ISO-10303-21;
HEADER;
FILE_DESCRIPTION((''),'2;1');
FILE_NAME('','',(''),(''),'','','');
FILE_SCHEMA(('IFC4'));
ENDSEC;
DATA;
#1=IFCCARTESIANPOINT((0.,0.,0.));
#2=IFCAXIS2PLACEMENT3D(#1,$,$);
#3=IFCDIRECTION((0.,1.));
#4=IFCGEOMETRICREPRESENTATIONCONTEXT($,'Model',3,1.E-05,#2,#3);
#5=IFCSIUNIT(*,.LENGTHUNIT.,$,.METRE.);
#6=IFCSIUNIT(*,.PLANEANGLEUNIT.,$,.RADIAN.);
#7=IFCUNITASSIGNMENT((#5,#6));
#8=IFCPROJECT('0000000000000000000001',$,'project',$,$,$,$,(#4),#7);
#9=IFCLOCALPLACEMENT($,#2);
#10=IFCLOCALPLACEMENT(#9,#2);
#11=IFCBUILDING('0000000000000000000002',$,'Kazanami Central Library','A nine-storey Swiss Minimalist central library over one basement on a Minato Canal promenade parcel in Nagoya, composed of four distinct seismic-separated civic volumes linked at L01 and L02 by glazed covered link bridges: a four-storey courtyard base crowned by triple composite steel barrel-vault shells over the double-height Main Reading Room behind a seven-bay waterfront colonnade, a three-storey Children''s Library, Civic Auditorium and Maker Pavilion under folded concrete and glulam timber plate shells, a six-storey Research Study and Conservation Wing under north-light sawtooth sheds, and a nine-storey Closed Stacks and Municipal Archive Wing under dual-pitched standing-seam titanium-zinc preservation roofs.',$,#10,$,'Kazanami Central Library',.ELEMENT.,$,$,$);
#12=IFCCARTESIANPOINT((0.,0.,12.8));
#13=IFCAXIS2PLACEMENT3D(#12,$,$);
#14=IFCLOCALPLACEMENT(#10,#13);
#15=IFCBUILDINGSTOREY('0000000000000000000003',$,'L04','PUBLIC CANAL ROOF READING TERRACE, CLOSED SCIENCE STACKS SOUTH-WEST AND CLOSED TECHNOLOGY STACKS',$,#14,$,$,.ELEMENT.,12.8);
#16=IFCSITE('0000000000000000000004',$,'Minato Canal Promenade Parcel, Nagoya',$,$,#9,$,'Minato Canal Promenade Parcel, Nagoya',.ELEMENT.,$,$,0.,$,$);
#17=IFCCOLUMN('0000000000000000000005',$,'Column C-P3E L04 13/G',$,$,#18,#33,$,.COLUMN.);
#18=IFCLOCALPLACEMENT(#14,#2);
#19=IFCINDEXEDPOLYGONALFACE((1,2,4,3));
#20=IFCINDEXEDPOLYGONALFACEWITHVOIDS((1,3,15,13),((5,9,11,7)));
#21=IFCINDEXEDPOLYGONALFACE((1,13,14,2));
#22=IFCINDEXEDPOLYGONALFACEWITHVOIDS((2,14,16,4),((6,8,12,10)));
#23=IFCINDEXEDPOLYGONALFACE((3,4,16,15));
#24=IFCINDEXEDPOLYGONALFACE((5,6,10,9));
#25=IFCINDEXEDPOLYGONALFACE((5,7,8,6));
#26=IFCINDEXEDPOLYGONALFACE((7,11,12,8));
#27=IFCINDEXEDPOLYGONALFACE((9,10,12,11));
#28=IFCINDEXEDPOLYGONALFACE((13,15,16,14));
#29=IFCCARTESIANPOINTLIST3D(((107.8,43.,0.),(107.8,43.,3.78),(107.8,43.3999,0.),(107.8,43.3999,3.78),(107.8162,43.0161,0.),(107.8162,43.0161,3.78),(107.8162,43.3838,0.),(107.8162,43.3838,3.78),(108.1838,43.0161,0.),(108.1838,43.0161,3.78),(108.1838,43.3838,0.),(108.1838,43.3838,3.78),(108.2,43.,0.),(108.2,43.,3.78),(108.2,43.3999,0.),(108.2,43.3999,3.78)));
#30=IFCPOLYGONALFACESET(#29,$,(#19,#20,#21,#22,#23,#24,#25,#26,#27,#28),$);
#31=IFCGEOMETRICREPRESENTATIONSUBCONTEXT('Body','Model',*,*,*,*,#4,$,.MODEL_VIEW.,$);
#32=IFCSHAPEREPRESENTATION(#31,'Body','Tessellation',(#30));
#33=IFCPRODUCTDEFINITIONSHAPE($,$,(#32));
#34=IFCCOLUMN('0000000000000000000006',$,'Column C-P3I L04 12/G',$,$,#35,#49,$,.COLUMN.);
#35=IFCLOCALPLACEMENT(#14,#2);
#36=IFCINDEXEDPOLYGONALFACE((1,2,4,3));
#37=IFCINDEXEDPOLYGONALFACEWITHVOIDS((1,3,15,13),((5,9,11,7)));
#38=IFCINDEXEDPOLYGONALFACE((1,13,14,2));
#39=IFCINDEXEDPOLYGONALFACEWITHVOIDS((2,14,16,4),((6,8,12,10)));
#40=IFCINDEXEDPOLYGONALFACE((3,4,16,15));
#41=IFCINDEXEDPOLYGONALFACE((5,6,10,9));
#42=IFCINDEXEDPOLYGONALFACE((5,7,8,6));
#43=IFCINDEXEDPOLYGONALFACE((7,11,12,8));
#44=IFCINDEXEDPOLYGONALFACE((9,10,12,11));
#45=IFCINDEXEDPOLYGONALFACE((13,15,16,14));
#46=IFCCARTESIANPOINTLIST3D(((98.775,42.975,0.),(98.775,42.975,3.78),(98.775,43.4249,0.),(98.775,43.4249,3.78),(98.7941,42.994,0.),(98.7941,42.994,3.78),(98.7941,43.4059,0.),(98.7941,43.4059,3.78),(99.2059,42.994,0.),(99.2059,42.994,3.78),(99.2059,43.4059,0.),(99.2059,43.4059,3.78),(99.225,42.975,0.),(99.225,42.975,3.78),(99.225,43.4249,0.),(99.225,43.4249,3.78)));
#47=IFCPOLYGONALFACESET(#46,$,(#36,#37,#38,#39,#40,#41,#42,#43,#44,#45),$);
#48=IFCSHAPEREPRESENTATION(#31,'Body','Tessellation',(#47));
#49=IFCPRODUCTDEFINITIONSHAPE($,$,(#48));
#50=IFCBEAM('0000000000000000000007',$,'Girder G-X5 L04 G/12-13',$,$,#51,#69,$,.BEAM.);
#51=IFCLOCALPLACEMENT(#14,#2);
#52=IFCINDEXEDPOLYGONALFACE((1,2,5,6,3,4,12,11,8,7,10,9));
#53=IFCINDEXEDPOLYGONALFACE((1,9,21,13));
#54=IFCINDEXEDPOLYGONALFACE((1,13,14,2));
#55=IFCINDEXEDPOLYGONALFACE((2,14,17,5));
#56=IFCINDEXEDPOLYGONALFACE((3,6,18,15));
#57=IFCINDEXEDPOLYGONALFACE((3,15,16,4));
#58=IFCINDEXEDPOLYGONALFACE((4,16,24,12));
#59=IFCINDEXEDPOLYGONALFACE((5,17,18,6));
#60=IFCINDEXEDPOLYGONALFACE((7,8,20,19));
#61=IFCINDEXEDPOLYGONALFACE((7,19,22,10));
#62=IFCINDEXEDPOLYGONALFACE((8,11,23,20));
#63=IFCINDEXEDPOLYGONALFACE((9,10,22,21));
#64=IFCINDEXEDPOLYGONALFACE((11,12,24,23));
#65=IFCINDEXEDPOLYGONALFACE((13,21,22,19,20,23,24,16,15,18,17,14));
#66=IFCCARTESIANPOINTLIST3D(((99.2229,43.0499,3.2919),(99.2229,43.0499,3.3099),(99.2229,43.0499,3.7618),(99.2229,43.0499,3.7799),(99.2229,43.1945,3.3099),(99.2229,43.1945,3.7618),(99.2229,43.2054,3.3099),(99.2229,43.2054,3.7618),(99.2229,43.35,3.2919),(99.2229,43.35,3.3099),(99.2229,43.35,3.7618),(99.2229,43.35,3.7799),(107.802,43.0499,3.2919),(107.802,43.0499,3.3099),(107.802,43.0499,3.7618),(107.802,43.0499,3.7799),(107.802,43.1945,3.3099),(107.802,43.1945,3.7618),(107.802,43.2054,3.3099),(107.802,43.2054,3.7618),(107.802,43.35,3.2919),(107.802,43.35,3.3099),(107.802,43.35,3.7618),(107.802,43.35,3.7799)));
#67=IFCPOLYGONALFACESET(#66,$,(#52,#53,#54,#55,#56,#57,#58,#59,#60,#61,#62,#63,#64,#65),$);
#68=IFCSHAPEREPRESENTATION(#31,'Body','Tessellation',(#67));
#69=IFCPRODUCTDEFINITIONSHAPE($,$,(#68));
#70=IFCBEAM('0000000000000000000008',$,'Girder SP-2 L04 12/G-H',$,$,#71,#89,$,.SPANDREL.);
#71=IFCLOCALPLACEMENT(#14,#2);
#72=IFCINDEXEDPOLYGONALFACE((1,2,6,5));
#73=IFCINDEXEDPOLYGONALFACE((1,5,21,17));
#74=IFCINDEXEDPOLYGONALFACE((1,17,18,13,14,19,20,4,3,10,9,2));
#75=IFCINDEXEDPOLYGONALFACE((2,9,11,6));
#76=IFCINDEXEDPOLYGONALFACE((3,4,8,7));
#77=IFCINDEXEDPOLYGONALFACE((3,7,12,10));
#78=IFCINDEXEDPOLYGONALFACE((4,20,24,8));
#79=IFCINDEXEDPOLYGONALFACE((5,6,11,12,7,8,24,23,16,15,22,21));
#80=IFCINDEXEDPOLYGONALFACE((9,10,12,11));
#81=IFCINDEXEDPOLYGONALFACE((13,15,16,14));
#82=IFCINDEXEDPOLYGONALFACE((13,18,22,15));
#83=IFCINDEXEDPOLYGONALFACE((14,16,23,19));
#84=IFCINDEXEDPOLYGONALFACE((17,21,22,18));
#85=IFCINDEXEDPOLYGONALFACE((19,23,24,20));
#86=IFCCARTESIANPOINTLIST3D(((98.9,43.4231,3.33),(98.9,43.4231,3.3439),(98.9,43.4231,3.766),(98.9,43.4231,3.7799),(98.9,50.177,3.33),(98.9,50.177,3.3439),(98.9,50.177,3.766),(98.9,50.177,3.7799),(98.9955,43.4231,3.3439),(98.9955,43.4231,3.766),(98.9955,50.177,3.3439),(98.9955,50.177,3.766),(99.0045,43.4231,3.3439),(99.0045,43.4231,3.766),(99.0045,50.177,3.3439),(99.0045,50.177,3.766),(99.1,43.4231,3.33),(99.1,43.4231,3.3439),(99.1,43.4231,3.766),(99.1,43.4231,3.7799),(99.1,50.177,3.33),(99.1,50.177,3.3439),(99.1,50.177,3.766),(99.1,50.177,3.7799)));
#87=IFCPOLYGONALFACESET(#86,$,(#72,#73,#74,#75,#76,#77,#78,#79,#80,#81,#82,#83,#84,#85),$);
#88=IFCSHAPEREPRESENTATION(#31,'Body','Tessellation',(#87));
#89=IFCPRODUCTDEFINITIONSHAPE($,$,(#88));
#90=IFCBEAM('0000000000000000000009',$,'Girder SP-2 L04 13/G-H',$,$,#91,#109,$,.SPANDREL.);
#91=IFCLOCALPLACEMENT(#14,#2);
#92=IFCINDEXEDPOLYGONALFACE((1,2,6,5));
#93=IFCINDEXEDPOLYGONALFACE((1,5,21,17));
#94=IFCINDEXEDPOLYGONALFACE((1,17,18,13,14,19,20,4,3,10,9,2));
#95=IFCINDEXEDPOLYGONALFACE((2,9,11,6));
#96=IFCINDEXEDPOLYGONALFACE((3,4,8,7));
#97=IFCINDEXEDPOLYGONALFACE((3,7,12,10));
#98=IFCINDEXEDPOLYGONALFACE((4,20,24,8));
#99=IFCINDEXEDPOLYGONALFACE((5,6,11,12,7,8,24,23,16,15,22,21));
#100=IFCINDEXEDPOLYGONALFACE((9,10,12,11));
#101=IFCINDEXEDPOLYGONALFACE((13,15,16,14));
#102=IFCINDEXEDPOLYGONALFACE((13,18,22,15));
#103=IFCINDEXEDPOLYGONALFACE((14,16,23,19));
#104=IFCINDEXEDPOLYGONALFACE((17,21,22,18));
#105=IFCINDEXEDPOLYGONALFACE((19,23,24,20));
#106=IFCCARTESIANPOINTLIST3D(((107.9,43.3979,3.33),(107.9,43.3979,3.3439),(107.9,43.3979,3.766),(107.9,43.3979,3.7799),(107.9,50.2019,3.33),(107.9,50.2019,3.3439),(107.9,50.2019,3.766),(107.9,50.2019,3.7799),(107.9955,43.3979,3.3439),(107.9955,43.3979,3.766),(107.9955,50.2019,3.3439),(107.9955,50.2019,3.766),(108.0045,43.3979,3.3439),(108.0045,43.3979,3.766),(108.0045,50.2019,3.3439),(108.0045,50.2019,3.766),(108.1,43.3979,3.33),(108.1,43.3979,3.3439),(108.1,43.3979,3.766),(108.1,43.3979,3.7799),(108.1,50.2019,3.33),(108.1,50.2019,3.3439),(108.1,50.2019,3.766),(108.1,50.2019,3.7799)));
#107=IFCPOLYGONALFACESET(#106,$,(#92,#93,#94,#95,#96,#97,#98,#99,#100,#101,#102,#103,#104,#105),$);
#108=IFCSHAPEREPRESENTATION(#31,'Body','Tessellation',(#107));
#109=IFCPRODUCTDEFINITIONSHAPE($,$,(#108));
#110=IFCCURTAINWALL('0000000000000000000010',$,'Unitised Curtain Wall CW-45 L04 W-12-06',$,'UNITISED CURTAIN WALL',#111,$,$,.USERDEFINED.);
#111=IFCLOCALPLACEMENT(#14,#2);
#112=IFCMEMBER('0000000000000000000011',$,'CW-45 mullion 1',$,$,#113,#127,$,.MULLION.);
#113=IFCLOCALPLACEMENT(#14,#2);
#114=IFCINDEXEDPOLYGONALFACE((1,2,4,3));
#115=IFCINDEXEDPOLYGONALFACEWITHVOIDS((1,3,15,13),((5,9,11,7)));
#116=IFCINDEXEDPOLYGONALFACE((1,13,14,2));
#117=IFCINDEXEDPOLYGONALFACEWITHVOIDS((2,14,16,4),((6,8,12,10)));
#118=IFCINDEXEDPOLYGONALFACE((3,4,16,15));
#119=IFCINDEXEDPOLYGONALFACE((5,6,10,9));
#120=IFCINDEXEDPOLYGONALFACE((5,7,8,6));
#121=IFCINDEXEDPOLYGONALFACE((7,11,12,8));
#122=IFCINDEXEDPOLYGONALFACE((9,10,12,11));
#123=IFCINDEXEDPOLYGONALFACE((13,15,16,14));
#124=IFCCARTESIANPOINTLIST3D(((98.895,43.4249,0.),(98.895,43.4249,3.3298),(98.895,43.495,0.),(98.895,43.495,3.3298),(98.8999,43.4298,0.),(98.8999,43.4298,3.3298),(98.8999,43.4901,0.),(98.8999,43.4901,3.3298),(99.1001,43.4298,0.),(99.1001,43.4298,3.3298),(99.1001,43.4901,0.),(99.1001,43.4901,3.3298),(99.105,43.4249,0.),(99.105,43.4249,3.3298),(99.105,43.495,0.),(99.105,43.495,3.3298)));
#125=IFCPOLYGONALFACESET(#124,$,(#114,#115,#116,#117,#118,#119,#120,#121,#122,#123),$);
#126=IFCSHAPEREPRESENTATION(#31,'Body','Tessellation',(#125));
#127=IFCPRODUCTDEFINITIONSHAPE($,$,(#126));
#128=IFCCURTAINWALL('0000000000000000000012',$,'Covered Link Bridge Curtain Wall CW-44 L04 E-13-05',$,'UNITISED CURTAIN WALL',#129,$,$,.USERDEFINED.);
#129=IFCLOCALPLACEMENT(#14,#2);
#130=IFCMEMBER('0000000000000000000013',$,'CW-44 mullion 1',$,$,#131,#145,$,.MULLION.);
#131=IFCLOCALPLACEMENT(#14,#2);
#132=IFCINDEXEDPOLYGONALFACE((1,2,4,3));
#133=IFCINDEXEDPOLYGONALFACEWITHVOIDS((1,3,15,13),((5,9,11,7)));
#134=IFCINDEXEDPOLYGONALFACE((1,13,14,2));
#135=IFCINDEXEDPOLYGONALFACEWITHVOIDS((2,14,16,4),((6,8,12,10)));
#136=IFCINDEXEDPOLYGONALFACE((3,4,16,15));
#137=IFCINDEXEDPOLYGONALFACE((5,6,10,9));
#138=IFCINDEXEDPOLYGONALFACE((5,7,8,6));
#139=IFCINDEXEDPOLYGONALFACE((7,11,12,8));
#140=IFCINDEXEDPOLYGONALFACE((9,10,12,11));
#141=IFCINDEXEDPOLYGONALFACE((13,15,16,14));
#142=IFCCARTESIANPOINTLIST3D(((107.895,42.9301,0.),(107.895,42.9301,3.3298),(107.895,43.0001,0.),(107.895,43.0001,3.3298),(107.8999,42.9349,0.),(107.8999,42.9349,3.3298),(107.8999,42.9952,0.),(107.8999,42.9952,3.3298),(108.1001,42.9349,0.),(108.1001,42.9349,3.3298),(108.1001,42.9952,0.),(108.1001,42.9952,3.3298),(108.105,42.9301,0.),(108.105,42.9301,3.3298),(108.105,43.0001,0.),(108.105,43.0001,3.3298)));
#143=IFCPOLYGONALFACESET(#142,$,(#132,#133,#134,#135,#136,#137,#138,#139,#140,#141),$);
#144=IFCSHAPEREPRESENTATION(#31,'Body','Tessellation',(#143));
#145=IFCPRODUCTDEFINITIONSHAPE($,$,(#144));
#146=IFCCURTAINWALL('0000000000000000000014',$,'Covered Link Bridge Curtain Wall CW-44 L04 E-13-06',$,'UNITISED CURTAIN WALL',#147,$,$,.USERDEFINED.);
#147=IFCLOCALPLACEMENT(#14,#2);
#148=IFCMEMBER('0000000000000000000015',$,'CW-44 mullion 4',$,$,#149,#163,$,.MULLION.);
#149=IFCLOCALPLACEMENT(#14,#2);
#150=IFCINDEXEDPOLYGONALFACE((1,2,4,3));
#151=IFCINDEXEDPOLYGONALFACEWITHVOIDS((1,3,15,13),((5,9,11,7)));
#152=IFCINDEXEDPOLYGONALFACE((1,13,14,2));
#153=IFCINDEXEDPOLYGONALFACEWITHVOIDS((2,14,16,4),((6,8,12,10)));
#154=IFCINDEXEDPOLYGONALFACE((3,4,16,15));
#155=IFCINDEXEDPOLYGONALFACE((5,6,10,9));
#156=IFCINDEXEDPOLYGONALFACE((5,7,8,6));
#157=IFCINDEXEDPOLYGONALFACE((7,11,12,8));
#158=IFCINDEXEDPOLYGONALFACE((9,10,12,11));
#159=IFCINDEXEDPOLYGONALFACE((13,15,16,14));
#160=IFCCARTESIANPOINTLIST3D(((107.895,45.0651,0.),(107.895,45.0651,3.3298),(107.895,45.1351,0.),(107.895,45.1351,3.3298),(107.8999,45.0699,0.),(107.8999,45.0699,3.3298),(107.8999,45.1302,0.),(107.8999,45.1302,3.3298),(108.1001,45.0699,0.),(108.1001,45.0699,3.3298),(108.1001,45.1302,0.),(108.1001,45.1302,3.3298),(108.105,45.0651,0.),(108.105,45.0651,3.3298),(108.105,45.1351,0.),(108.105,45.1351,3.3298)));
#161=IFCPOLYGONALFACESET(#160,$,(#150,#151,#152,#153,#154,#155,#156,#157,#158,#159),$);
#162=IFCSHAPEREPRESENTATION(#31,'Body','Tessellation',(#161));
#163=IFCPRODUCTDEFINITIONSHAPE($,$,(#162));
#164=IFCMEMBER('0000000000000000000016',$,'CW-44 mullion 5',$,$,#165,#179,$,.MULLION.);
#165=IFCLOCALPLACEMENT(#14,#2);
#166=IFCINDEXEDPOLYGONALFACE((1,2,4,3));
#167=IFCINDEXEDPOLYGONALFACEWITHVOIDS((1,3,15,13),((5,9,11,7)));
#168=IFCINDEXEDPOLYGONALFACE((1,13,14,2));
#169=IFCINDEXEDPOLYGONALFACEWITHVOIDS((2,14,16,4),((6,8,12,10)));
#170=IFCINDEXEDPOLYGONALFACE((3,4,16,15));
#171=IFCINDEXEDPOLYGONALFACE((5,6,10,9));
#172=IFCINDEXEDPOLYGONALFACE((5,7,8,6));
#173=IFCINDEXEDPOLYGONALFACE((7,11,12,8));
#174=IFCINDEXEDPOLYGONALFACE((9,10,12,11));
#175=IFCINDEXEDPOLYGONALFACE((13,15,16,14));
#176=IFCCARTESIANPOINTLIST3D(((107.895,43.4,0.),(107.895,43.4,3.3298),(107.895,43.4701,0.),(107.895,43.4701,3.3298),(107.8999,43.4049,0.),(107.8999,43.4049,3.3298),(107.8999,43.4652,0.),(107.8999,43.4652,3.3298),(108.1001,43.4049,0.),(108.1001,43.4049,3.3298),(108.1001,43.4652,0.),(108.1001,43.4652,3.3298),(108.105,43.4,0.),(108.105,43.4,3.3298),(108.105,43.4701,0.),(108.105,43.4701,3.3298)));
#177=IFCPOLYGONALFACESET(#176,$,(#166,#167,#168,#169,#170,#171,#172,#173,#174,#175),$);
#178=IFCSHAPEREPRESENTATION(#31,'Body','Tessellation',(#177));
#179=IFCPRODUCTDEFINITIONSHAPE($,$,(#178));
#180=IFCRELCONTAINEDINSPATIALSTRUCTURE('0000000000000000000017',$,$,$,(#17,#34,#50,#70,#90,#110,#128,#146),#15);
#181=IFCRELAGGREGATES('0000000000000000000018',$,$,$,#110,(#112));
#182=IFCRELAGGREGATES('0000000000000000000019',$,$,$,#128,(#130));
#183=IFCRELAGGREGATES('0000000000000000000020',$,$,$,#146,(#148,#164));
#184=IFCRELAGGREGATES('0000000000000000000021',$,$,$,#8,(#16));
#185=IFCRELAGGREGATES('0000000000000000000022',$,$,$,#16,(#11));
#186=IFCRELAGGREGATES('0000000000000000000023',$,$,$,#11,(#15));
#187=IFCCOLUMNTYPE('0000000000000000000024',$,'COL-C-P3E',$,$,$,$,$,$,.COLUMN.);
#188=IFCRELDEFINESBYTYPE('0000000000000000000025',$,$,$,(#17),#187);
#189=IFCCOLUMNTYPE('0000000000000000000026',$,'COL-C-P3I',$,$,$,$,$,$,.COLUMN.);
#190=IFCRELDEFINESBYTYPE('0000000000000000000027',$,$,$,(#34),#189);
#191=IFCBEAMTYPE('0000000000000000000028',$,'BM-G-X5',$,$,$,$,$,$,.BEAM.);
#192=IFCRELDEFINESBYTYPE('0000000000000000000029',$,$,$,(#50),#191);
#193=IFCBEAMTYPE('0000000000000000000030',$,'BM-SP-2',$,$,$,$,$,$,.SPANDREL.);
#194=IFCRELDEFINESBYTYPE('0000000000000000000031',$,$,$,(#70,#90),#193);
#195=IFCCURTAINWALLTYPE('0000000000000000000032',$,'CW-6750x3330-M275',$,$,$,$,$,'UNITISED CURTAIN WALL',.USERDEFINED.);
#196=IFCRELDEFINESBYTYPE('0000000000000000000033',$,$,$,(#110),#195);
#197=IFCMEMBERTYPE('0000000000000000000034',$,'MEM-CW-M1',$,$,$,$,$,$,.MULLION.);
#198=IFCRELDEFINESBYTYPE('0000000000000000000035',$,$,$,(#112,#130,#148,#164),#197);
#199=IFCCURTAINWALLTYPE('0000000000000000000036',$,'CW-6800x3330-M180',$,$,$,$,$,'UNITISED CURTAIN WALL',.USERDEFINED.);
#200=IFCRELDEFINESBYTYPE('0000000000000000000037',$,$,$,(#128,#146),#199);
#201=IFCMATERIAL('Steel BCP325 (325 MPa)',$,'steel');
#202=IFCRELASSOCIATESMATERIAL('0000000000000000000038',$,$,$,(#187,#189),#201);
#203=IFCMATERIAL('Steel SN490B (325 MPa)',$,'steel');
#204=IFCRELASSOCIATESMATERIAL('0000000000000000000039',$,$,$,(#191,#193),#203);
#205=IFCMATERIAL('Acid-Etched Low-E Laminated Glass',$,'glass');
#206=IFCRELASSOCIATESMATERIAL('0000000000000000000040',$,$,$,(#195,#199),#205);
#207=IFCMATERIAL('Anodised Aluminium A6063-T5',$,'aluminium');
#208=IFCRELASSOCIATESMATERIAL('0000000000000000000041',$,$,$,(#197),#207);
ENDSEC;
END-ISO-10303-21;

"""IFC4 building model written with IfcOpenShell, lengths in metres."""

from ifc_helpers import new_model, si_unit, direction, frame, origin, origin_2d, place, context, subcontext, project, spatial, hollow_rectangle, i_section, extrude, material, material_profile, profile_set, type_object, element, aggregate, save


model = new_model("IFC4")

# Units and contexts
model_context = context("Model", 3, precision=1e-05, world=origin(), true_north=direction((0.0, 1.0)))
body_context = subcontext(model_context, "Body", "Model", "MODEL_VIEW")
ifc_project = project(units=[si_unit("LENGTHUNIT", "METRE"), si_unit("PLANEANGLEUNIT", "RADIAN")], contexts=[model_context])

# Site, building, storey
site_placement = place(None, origin())
site = spatial("IfcSite", under=ifc_project, at=site_placement, Name="Minato Canal Promenade Parcel, Nagoya", LongName="Minato Canal Promenade Parcel, Nagoya", CompositionType="ELEMENT", RefElevation=0.0)
building_placement = place(site_placement, origin())
building = spatial("IfcBuilding", under=site, at=building_placement, Name="Kazanami Central Library", Description="A nine-storey Swiss Minimalist central library over one basement on a Minato Canal promenade parcel in Nagoya, composed of four distinct seismic-separated civic volumes linked at L01 and L02 by glazed covered link bridges: a four-storey courtyard base crowned by triple composite steel barrel-vault shells over the double-height Main Reading Room behind a seven-bay waterfront colonnade, a three-storey Children's Library, Civic Auditorium and Maker Pavilion under folded concrete and glulam timber plate shells, a six-storey Research Study and Conservation Wing under north-light sawtooth sheds, and a nine-storey Closed Stacks and Municipal Archive Wing under dual-pitched standing-seam titanium-zinc preservation roofs.", LongName="Kazanami Central Library", CompositionType="ELEMENT")
storey_placement = place(building_placement, frame((0.0, 0.0, 12.8)))
storey = spatial("IfcBuildingStorey", under=building, at=storey_placement, Name="L04", Description="PUBLIC CANAL ROOF READING TERRACE, CLOSED SCIENCE STACKS SOUTH-WEST AND CLOSED TECHNOLOGY STACKS", CompositionType="ELEMENT", Elevation=12.8)

# Columns
ifc_material_1 = material(Name="Steel BCP325 (325 MPa)", Category="steel")
ifc_material_profile_1 = material_profile(ifc_material_1, hollow_rectangle(XDim=0.3999, YDim=0.3999, WallThickness=0.0161, at=origin_2d()), Name="BCP-400x400x16")
ifc_profile_set_1 = profile_set([ifc_material_profile_1], Name="Steel BCP325 (325 MPa)")
column_type_1 = type_object("IfcColumnType", Name="COL-C-P3E", PredefinedType="COLUMN", material=ifc_profile_set_1)
column_1_placement = place(storey_placement, frame((108.0, 43.2, 0.0), z_axis=(0.0, 0.0, 1.0), x_axis=(1.0, 0.0, 0.0)))
element("IfcColumn", 1, at=column_1_placement, inside=storey, type_object=column_type_1, Name="Column C-P3E L04 13/G", PredefinedType="COLUMN", context=body_context, shape_type="SweptSolid", body=[
    extrude(hollow_rectangle(XDim=0.3999, YDim=0.3999, WallThickness=0.0161, at=origin_2d()), origin(), (0.0, 0.0, 1.0), 3.78),
])
ifc_material_profile_2 = material_profile(ifc_material_1, hollow_rectangle(XDim=0.45, YDim=0.45, WallThickness=0.019, at=origin_2d()), Name="BCP-450x450x19")
ifc_profile_set_2 = profile_set([ifc_material_profile_2], Name="Steel BCP325 (325 MPa)")
column_type_2 = type_object("IfcColumnType", Name="COL-C-P3I", PredefinedType="COLUMN", material=ifc_profile_set_2)
column_2_placement = place(storey_placement, frame((99.0, 43.2, 0.0), z_axis=(0.0, 0.0, 1.0), x_axis=(1.0, 0.0, 0.0)))
element("IfcColumn", 2, at=column_2_placement, inside=storey, type_object=column_type_2, Name="Column C-P3I L04 12/G", PredefinedType="COLUMN", context=body_context, shape_type="SweptSolid", body=[
    extrude(hollow_rectangle(XDim=0.45, YDim=0.45, WallThickness=0.019, at=origin_2d()), origin(), (0.0, 0.0, 1.0), 3.78),
])

# Beams
ifc_material_2 = material(Name="Steel SN490B (325 MPa)", Category="steel")
ifc_material_profile_3 = material_profile(ifc_material_2, i_section(OverallWidth=0.3, OverallDepth=0.488, WebThickness=0.011, FlangeThickness=0.0181, at=origin_2d()), Name="H-488x300x11x18")
ifc_profile_set_3 = profile_set([ifc_material_profile_3], Name="Steel SN490B (325 MPa)")
beam_type_1 = type_object("IfcBeamType", Name="BM-G-X5", PredefinedType="BEAM", material=ifc_profile_set_3)
beam_1_placement = place(storey_placement, frame((99.2229, 43.2, 3.5359), z_axis=(1.0, 0.0, 0.0), x_axis=(0.0, 1.0, 0.0)))
element("IfcBeam", 3, at=beam_1_placement, inside=storey, type_object=beam_type_1, Name="Girder G-X5 L04 G/12-13", PredefinedType="BEAM", context=body_context, shape_type="SweptSolid", body=[
    extrude(i_section(OverallWidth=0.3, OverallDepth=0.488, WebThickness=0.011, FlangeThickness=0.0181, at=origin_2d()), origin(), (0.0, 0.0, 1.0), 8.5791),
])
ifc_material_profile_4 = material_profile(ifc_material_2, i_section(OverallWidth=0.2, OverallDepth=0.45, WebThickness=0.009, FlangeThickness=0.0139, at=origin_2d()), Name="H-450x200x9x14")
ifc_profile_set_4 = profile_set([ifc_material_profile_4], Name="Steel SN490B (325 MPa)")
beam_type_2 = type_object("IfcBeamType", Name="BM-SP-2", PredefinedType="SPANDREL", material=ifc_profile_set_4)
beam_2_placement = place(storey_placement, frame((99.0, 43.4231, 3.5549), z_axis=(0.0, 1.0, 0.0), x_axis=(-1.0, 0.0, 0.0)))
element("IfcBeam", 4, at=beam_2_placement, inside=storey, type_object=beam_type_2, Name="Girder SP-2 L04 12/G-H", PredefinedType="SPANDREL", context=body_context, shape_type="SweptSolid", body=[
    extrude(i_section(OverallWidth=0.2, OverallDepth=0.45, WebThickness=0.009, FlangeThickness=0.0139, at=origin_2d()), origin(), (0.0, 0.0, 1.0), 6.7539),
])
beam_3_placement = place(storey_placement, frame((108.0, 43.3979, 3.5549), z_axis=(0.0, 1.0, 0.0), x_axis=(-1.0, 0.0, 0.0)))
element("IfcBeam", 5, at=beam_3_placement, inside=storey, type_object=beam_type_2, Name="Girder SP-2 L04 13/G-H", PredefinedType="SPANDREL", context=body_context, shape_type="SweptSolid", body=[
    extrude(i_section(OverallWidth=0.2, OverallDepth=0.45, WebThickness=0.009, FlangeThickness=0.0139, at=origin_2d()), origin(), (0.0, 0.0, 1.0), 6.804),
])

# Curtain walls, members
ifc_material_3 = material(Name="Acid-Etched Low-E Laminated Glass", Category="glass")
curtain_wall_type_1 = type_object("IfcCurtainWallType", Name="CW-6750x3330-M275", ElementType="UNITISED CURTAIN WALL", PredefinedType="USERDEFINED", material=ifc_material_3)
curtain_wall_1_placement = place(storey_placement, origin())
curtain_wall_1 = element("IfcCurtainWall", 6, at=curtain_wall_1_placement, inside=storey, type_object=curtain_wall_type_1, Name="Unitised Curtain Wall CW-45 L04 W-12-06", ObjectType="UNITISED CURTAIN WALL", PredefinedType="USERDEFINED")
ifc_material_4 = material(Name="Anodised Aluminium A6063-T5", Category="aluminium")
ifc_material_profile_5 = material_profile(ifc_material_4, hollow_rectangle(XDim=0.0701, YDim=0.21, WallThickness=0.0049, at=origin_2d()), Name="ALU-MULL-70x210x5")
ifc_profile_set_5 = profile_set([ifc_material_profile_5], Name="Anodised Aluminium A6063-T5")
member_type_1 = type_object("IfcMemberType", Name="MEM-CW-M1", PredefinedType="MULLION", material=ifc_profile_set_5)
member_1_placement = place(storey_placement, frame((99.0, 43.46, 0.0), z_axis=(0.0, 0.0, 1.0), x_axis=(0.0, 1.0, 0.0)))
member_1 = element("IfcMember", 7, at=member_1_placement, type_object=member_type_1, Name="CW-45 mullion 1", PredefinedType="MULLION", context=body_context, shape_type="SweptSolid", body=[
    extrude(hollow_rectangle(XDim=0.0701, YDim=0.21, WallThickness=0.0049, at=origin_2d()), origin(), (0.0, 0.0, 1.0), 3.3298),
])
curtain_wall_type_2 = type_object("IfcCurtainWallType", Name="CW-6800x3330-M180", ElementType="UNITISED CURTAIN WALL", PredefinedType="USERDEFINED", material=ifc_material_3)
curtain_wall_2_placement = place(storey_placement, origin())
curtain_wall_2 = element("IfcCurtainWall", 8, at=curtain_wall_2_placement, inside=storey, type_object=curtain_wall_type_2, Name="Covered Link Bridge Curtain Wall CW-44 L04 E-13-05", ObjectType="UNITISED CURTAIN WALL", PredefinedType="USERDEFINED")
member_2_placement = place(storey_placement, frame((108.0, 42.9651, 0.0), z_axis=(0.0, 0.0, 1.0), x_axis=(0.0, -1.0, 0.0)))
member_2 = element("IfcMember", 9, at=member_2_placement, type_object=member_type_1, Name="CW-44 mullion 1", PredefinedType="MULLION", context=body_context, shape_type="SweptSolid", body=[
    extrude(hollow_rectangle(XDim=0.0701, YDim=0.21, WallThickness=0.0049, at=origin_2d()), origin(), (0.0, 0.0, 1.0), 3.3298),
])

# Curtain wall, members
curtain_wall_3_placement = place(storey_placement, origin())
curtain_wall_3 = element("IfcCurtainWall", 10, at=curtain_wall_3_placement, inside=storey, type_object=curtain_wall_type_2, Name="Covered Link Bridge Curtain Wall CW-44 L04 E-13-06", ObjectType="UNITISED CURTAIN WALL", PredefinedType="USERDEFINED")
member_3_placement = place(storey_placement, frame((108.0, 45.1001, 0.0), z_axis=(0.0, 0.0, 1.0), x_axis=(0.0, -1.0, 0.0)))
member_3 = element("IfcMember", 11, at=member_3_placement, type_object=member_type_1, Name="CW-44 mullion 4", PredefinedType="MULLION", context=body_context, shape_type="SweptSolid", body=[
    extrude(hollow_rectangle(XDim=0.0701, YDim=0.21, WallThickness=0.0049, at=origin_2d()), origin(), (0.0, 0.0, 1.0), 3.3298),
])
member_4_placement = place(storey_placement, frame((108.0, 43.4351, 0.0), z_axis=(0.0, 0.0, 1.0), x_axis=(0.0, -1.0, 0.0)))
member_4 = element("IfcMember", 12, at=member_4_placement, type_object=member_type_1, Name="CW-44 mullion 5", PredefinedType="MULLION", context=body_context, shape_type="SweptSolid", body=[
    extrude(hollow_rectangle(XDim=0.0701, YDim=0.21, WallThickness=0.0049, at=origin_2d()), origin(), (0.0, 0.0, 1.0), 3.3298),
])

aggregate(curtain_wall_1, [member_1])
aggregate(curtain_wall_2, [member_2])
aggregate(curtain_wall_3, [member_3, member_4])

save(model, "model.ifc")
